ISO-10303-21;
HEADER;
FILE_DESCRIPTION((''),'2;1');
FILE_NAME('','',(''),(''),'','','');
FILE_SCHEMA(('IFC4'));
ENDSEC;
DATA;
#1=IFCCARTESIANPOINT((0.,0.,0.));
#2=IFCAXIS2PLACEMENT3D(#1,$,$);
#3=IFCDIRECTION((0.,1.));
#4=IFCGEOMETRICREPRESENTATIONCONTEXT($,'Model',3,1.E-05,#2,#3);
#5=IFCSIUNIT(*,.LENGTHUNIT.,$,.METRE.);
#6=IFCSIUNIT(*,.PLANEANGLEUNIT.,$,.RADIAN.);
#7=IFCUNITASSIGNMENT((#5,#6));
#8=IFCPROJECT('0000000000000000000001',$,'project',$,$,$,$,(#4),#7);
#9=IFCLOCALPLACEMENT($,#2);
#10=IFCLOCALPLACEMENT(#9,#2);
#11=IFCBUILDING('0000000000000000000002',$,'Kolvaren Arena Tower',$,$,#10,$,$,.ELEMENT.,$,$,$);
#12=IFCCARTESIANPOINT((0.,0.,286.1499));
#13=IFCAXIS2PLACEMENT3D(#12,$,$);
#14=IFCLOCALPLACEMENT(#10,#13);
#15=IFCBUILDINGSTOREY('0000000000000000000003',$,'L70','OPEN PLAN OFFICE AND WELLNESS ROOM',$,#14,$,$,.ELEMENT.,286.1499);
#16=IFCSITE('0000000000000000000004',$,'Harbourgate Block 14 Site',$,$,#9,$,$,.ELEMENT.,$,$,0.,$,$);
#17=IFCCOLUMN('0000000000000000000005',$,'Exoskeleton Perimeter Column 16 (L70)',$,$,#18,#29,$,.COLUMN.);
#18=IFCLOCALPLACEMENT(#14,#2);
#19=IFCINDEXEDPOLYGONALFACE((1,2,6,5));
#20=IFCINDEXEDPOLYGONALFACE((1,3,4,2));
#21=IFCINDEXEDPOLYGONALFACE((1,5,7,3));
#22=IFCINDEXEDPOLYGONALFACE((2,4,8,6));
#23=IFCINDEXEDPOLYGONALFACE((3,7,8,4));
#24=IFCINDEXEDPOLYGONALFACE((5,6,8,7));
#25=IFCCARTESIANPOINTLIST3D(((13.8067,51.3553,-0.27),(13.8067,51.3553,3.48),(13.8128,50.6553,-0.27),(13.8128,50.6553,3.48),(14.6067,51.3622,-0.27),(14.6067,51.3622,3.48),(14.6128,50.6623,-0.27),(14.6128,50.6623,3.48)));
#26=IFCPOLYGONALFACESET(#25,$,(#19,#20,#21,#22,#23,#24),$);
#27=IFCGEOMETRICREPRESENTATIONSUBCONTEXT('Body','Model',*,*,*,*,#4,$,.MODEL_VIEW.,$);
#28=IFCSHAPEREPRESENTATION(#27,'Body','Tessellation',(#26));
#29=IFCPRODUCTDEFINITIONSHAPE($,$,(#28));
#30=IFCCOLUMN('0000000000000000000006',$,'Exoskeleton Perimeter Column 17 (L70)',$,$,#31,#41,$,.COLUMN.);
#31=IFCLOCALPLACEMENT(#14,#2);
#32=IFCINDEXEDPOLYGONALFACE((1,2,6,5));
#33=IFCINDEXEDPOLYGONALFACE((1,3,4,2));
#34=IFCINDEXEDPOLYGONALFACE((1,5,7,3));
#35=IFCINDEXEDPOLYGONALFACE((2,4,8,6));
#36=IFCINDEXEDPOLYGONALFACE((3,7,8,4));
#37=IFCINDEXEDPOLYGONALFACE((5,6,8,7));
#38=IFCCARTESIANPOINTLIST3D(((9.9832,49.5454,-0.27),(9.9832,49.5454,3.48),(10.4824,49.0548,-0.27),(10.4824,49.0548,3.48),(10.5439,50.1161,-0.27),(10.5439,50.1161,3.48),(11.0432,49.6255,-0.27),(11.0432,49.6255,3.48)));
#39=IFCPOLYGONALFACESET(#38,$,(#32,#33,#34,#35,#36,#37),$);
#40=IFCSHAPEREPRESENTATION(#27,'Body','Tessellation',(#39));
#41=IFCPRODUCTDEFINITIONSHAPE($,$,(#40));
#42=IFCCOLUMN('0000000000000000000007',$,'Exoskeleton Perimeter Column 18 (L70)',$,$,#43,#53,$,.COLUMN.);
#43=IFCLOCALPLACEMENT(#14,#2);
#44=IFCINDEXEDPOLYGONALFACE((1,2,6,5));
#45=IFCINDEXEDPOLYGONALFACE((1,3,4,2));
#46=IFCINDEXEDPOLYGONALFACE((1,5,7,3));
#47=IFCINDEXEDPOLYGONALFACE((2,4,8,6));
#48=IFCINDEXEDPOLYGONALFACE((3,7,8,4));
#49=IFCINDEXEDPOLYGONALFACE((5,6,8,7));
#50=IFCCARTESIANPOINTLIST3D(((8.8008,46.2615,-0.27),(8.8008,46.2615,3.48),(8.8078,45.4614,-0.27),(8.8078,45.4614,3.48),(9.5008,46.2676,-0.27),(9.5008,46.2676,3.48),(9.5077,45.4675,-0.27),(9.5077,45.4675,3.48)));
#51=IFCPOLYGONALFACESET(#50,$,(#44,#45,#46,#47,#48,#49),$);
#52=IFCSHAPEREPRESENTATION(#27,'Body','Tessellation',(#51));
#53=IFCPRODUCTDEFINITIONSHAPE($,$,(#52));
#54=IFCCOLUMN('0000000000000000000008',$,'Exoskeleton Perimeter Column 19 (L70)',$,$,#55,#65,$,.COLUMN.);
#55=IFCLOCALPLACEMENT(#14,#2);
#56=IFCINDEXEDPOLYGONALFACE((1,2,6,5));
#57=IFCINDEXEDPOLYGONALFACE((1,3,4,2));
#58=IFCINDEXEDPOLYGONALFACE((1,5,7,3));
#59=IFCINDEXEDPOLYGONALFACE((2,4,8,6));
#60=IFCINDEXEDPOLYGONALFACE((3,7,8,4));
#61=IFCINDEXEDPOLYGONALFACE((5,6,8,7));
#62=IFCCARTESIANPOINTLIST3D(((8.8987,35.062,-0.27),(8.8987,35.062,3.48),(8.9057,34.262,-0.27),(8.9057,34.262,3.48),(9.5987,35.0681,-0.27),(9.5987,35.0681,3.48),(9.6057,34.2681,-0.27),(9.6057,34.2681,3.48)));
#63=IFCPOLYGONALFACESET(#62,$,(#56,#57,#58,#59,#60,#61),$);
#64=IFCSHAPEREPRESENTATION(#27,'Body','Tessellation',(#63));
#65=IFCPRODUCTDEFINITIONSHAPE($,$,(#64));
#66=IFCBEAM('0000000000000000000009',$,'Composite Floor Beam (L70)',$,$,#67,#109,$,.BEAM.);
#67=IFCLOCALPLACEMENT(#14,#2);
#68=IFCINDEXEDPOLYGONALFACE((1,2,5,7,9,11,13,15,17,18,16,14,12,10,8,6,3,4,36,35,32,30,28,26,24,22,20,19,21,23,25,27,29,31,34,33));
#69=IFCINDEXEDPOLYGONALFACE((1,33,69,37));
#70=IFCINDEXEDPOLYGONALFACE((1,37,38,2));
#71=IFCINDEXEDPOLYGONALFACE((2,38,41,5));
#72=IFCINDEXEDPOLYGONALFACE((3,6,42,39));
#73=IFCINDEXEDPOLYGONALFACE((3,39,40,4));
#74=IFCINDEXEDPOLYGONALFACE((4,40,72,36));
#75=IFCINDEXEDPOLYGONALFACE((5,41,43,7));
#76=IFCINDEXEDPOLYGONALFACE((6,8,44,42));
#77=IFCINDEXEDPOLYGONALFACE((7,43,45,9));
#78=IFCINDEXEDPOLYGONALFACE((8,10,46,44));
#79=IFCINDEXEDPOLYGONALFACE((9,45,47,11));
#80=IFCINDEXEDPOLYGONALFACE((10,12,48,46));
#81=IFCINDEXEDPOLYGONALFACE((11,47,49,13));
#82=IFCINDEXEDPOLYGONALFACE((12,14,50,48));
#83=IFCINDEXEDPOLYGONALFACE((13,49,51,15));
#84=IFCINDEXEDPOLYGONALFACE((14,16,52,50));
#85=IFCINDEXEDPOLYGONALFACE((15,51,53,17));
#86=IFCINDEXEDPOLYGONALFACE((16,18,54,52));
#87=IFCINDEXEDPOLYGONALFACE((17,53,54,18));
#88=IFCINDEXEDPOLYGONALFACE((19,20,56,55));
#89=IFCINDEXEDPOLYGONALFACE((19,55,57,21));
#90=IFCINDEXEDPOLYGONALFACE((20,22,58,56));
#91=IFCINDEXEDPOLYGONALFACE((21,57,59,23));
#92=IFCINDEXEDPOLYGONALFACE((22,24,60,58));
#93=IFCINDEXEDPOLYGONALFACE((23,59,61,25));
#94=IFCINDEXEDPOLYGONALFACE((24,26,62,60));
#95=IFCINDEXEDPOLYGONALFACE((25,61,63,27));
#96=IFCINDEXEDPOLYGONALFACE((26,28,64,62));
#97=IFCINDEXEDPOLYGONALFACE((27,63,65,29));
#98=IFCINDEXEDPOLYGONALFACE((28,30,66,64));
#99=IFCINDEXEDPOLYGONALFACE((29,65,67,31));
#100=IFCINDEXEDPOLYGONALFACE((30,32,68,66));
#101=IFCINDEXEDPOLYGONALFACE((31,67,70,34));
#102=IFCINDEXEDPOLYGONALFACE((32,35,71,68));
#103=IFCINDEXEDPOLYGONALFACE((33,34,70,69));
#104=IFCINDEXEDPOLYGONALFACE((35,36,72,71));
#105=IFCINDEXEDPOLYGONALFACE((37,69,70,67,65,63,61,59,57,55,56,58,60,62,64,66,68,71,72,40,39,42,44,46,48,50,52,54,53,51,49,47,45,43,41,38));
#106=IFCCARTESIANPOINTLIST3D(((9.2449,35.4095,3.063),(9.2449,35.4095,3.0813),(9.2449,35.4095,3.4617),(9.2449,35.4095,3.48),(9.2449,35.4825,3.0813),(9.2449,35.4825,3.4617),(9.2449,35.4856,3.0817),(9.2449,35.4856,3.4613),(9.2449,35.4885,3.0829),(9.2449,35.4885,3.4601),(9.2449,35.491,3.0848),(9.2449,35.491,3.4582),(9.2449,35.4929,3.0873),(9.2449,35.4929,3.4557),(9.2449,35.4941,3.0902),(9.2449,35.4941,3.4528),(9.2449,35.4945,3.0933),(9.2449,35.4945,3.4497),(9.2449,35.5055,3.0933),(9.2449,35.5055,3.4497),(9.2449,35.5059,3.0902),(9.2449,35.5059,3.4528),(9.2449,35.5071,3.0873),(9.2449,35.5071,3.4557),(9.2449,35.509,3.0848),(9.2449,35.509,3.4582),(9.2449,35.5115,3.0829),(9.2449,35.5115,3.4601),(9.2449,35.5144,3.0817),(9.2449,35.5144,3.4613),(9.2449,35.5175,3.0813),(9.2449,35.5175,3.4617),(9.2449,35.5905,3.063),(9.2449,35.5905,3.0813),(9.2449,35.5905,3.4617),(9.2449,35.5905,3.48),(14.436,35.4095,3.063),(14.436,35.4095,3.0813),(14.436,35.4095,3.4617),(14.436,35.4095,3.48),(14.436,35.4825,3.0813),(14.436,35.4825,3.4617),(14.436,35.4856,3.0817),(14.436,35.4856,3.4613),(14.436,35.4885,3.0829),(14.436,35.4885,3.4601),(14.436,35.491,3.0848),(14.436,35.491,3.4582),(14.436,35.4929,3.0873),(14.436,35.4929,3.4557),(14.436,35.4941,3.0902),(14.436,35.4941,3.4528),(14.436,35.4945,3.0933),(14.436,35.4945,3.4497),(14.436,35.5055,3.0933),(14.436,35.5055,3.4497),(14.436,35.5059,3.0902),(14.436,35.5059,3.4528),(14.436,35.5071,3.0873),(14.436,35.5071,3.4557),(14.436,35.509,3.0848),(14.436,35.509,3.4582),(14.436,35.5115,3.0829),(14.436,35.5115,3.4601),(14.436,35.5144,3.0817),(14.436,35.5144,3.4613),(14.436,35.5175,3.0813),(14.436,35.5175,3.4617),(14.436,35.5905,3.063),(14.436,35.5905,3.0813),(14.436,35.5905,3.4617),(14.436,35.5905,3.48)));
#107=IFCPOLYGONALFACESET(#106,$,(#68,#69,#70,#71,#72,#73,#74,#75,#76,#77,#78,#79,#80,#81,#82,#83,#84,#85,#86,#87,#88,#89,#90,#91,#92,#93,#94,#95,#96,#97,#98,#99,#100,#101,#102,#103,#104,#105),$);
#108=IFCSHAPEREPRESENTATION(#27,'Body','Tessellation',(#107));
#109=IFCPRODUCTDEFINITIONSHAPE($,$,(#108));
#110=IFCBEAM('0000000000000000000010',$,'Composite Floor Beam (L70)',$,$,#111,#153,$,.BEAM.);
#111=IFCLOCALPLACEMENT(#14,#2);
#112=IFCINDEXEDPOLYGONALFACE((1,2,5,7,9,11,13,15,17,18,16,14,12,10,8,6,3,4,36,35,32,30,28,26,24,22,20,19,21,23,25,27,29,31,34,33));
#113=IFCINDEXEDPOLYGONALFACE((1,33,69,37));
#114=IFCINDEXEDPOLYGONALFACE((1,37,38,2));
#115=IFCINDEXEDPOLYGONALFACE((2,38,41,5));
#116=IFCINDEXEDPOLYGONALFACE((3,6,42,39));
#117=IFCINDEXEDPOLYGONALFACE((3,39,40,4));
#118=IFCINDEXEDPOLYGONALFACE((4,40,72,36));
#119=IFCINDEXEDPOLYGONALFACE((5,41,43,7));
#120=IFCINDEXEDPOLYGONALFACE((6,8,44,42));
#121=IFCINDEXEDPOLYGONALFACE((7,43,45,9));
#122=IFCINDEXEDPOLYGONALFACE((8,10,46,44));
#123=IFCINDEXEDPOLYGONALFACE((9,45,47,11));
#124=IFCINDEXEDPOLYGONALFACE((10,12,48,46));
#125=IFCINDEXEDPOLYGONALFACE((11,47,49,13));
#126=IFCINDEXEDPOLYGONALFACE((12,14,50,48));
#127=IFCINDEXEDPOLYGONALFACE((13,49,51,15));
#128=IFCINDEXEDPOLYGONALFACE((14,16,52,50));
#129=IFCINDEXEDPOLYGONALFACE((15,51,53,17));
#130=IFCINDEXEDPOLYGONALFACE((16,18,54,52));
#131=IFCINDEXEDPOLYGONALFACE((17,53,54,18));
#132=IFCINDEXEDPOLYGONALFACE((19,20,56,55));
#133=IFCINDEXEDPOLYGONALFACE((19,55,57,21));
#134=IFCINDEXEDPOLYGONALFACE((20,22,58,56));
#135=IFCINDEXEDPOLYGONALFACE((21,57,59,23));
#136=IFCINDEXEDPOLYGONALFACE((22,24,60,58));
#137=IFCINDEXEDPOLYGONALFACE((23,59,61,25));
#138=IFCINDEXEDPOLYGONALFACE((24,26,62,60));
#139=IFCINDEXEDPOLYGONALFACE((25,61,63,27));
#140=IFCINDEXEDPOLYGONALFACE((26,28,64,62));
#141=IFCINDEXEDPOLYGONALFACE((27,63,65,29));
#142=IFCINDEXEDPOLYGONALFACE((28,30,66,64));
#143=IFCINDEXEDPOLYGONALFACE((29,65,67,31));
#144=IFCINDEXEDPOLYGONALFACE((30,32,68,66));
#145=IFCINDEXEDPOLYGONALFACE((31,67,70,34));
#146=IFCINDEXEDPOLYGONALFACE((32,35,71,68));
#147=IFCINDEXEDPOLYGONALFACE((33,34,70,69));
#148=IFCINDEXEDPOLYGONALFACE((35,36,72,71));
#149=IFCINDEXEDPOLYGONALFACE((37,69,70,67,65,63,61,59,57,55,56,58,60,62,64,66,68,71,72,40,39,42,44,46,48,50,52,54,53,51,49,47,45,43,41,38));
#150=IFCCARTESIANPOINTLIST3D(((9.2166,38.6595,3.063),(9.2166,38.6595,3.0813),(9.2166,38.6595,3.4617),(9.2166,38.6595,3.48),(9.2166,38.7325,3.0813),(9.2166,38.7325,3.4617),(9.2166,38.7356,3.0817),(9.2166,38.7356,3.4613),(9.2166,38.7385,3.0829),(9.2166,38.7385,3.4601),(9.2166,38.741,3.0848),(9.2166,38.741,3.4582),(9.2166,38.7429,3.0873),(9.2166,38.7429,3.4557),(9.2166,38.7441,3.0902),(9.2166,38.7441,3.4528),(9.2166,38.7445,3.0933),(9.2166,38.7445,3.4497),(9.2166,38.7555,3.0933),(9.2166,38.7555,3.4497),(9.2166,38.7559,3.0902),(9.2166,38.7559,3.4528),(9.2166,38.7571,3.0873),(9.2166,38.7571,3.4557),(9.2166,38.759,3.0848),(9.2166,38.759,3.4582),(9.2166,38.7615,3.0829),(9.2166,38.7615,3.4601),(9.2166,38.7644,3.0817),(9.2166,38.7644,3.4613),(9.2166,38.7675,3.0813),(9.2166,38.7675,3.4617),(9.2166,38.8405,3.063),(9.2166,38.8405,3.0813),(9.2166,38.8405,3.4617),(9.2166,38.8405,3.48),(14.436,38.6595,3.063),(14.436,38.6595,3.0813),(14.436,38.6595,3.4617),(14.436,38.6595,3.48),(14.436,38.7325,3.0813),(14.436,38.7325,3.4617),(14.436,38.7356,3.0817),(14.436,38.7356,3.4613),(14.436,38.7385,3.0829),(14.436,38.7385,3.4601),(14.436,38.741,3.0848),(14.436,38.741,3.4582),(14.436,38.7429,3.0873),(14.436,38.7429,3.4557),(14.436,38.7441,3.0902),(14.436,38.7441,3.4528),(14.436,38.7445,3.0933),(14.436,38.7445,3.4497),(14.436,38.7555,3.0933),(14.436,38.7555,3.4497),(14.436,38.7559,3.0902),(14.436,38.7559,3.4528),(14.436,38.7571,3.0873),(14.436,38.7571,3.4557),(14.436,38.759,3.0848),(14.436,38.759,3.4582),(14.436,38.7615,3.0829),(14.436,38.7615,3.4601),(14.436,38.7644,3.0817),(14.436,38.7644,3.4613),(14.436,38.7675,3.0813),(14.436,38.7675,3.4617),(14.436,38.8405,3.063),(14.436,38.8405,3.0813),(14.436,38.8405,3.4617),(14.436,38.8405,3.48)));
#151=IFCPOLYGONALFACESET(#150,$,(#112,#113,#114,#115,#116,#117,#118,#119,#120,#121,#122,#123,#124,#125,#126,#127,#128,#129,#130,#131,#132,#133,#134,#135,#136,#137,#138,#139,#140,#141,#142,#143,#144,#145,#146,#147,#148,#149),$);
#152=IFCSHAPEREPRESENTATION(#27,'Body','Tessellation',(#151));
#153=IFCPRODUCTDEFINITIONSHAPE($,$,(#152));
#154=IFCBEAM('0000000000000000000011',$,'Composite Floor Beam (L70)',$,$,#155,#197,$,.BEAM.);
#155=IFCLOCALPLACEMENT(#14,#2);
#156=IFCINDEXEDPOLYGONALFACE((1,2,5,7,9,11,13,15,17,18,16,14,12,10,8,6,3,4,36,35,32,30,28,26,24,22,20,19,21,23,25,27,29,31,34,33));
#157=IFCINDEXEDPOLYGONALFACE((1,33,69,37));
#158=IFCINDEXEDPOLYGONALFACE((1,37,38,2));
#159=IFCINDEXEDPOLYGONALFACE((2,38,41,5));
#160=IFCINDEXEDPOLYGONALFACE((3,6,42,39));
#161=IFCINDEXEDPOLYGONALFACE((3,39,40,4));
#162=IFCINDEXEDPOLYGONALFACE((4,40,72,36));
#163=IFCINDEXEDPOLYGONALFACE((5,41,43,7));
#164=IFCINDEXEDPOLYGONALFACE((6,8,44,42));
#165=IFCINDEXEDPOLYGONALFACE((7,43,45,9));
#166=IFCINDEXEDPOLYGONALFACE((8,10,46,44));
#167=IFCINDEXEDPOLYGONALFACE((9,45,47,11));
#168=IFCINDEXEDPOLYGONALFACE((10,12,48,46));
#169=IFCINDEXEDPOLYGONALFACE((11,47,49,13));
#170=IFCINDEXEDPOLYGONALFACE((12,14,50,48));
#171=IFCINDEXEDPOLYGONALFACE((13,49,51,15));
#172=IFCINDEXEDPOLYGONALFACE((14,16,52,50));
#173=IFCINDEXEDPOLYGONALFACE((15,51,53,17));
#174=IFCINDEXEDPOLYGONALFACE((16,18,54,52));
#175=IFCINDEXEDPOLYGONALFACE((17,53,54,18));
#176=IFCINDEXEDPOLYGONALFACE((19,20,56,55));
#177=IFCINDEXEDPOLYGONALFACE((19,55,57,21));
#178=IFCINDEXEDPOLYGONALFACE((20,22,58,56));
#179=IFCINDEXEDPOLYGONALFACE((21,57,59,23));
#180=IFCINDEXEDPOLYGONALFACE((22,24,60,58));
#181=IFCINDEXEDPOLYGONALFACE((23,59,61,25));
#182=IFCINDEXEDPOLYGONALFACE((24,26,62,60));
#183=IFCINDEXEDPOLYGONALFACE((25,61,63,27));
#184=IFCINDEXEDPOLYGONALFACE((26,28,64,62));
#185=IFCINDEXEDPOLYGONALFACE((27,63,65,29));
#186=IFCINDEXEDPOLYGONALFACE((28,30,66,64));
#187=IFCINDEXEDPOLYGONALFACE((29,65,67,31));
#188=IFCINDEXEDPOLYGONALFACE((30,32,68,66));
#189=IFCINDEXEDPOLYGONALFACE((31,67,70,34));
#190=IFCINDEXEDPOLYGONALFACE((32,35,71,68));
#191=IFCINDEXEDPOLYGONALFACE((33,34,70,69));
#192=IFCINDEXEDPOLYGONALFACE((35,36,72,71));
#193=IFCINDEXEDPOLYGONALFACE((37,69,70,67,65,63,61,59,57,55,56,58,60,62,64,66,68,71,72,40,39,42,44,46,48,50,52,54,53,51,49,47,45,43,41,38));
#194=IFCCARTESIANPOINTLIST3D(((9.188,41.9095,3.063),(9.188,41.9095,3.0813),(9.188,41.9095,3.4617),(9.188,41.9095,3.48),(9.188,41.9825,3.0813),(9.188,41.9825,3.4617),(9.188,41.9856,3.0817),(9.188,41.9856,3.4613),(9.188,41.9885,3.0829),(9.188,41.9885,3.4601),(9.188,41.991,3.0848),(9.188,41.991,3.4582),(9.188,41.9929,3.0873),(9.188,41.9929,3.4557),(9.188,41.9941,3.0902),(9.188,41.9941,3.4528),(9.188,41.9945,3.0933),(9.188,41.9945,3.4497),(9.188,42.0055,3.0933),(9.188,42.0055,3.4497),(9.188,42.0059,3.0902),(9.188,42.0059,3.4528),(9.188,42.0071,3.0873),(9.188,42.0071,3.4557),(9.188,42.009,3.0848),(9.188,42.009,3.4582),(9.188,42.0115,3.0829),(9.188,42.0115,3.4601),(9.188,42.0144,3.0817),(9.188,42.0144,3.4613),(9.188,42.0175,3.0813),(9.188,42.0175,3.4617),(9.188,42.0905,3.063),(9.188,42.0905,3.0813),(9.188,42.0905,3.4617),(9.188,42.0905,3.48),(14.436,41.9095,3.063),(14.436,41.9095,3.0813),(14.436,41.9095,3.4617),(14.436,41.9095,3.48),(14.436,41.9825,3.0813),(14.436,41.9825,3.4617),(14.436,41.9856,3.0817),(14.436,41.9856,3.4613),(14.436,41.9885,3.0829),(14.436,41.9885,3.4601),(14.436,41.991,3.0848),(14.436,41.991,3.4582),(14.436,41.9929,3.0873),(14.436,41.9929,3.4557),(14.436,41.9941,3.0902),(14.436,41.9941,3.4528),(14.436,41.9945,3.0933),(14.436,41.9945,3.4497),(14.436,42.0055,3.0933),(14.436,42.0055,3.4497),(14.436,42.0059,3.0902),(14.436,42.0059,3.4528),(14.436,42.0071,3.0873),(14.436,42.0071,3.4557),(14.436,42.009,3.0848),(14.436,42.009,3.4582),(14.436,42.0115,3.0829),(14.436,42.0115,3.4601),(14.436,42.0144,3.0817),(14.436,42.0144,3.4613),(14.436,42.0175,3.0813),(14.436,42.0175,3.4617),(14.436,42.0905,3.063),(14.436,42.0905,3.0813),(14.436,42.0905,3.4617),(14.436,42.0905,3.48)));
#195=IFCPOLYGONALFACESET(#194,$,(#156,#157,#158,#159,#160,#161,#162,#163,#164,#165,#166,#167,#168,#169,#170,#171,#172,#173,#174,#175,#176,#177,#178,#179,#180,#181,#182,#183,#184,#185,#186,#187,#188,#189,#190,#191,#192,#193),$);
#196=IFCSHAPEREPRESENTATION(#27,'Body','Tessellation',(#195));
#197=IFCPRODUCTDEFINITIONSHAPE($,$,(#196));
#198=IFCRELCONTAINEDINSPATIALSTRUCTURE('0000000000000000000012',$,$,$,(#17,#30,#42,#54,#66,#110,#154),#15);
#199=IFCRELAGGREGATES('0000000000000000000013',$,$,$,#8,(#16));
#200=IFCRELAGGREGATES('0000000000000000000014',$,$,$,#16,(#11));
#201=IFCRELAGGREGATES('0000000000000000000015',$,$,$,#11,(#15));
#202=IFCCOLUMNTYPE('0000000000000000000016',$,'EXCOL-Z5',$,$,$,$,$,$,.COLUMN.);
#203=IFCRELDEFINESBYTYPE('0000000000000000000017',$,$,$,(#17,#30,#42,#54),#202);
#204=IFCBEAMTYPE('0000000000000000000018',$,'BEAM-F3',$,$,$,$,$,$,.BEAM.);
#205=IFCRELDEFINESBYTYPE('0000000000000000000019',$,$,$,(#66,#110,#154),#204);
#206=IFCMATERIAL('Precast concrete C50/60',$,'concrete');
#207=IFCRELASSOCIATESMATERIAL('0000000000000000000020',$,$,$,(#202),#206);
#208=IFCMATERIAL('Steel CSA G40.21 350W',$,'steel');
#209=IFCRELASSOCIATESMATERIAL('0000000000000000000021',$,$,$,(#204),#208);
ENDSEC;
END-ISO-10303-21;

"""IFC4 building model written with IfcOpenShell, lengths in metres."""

from ifc_helpers import new_model, si_unit, direction, frame, origin, origin_2d, place, context, subcontext, project, spatial, rectangle, i_section, extrude, material, material_profile, profile_set, type_object, element, save


model = new_model("IFC4")

# Units and contexts
model_context = context("Model", 3, precision=1e-05, world=origin(), true_north=direction((0.0, 1.0)))
body_context = subcontext(model_context, "Body", "Model", "MODEL_VIEW")
ifc_project = project(units=[si_unit("LENGTHUNIT", "METRE"), si_unit("PLANEANGLEUNIT", "RADIAN")], contexts=[model_context])

# Site, building, storey
site_placement = place(None, origin())
site = spatial("IfcSite", under=ifc_project, at=site_placement, Name="Harbourgate Block 14 Site", CompositionType="ELEMENT", RefElevation=0.0)
building_placement = place(site_placement, origin())
building = spatial("IfcBuilding", under=site, at=building_placement, Name="Kolvaren Arena Tower", CompositionType="ELEMENT")
storey_placement = place(building_placement, frame((0.0, 0.0, 286.1499)))
storey = spatial("IfcBuildingStorey", under=building, at=storey_placement, Name="L70", Description="OPEN PLAN OFFICE AND WELLNESS ROOM", CompositionType="ELEMENT", Elevation=286.1499)

# Columns
ifc_material_1 = material(Name="Precast concrete C50/60", Category="concrete")
ifc_material_profile_1 = material_profile(ifc_material_1, rectangle(XDim=0.8, YDim=0.7, at=origin_2d()), Name="RC-800x700")
ifc_profile_set_1 = profile_set([ifc_material_profile_1], Name="Precast concrete C50/60")
column_type = type_object("IfcColumnType", Name="EXCOL-Z5", PredefinedType="COLUMN", material=ifc_profile_set_1)
for number, where, z_axis, x_axis, name in (
    (1, (14.2097, 51.0088, -0.27), (0.0, 0.0, 1.0), (0.999962, 0.008727, 0.0), "Exoskeleton Perimeter Column 16 (L70)"),
    (2, (10.5132, 49.5854, -0.27), (0.0, 0.0, 1.0), (0.700909, 0.71325, 0.0), "Exoskeleton Perimeter Column 17 (L70)"),
    (3, (9.1543, 45.8645, -0.27), (0.0, 0.0, 1.0), (-0.008727, 0.999962, 0.0), "Exoskeleton Perimeter Column 18 (L70)"),
    (4, (9.2522, 34.665, -0.27), (0.0, 0.0, 1.0), (-0.008727, 0.999962, 0.0), "Exoskeleton Perimeter Column 19 (L70)"),
):
    element("IfcColumn", number, at=place(storey_placement, frame(where, z_axis=z_axis, x_axis=x_axis)), inside=storey, type_object=column_type, Name=name, PredefinedType="COLUMN", context=body_context, shape_type="SweptSolid", body=[
        extrude(rectangle(XDim=0.8, YDim=0.7, at=origin_2d()), origin(), (0.0, 0.0, 1.0), 3.75),
    ])

# Beams
ifc_material_2 = material(Name="Steel CSA G40.21 350W", Category="steel")
ifc_material_profile_2 = material_profile(ifc_material_2, i_section(OverallWidth=0.1809, OverallDepth=0.417, WebThickness=0.011, FlangeThickness=0.0183, FilletRadius=0.012, at=origin_2d()), Name="W410x85")
ifc_profile_set_2 = profile_set([ifc_material_profile_2], Name="Steel CSA G40.21 350W")
beam_type_1 = type_object("IfcBeamType", Name="BEAM-F3", PredefinedType="BEAM", material=ifc_profile_set_2)
beam_1_placement = place(storey_placement, frame((9.2449, 35.5, 3.2715), z_axis=(1.0, 0.0, 0.0), x_axis=(0.0, 1.0, 0.0)))
element("IfcBeam", 5, at=beam_1_placement, inside=storey, type_object=beam_type_1, Name="Composite Floor Beam (L70)", PredefinedType="BEAM", context=body_context, shape_type="SweptSolid", body=[
    extrude(i_section(OverallWidth=0.1809, OverallDepth=0.417, WebThickness=0.011, FlangeThickness=0.0183, FilletRadius=0.012, at=origin_2d()), origin(), (0.0, 0.0, 1.0), 5.1912),
])
beam_2_placement = place(storey_placement, frame((9.2166, 38.75, 3.2715), z_axis=(1.0, 0.0, 0.0), x_axis=(0.0, 1.0, 0.0)))
element("IfcBeam", 6, at=beam_2_placement, inside=storey, type_object=beam_type_1, Name="Composite Floor Beam (L70)", PredefinedType="BEAM", context=body_context, shape_type="SweptSolid", body=[
    extrude(i_section(OverallWidth=0.1809, OverallDepth=0.417, WebThickness=0.011, FlangeThickness=0.0183, FilletRadius=0.012, at=origin_2d()), origin(), (0.0, 0.0, 1.0), 5.2195),
])
beam_3_placement = place(storey_placement, frame((9.188, 42.0, 3.2715), z_axis=(1.0, 0.0, 0.0), x_axis=(0.0, 1.0, 0.0)))
element("IfcBeam", 7, at=beam_3_placement, inside=storey, type_object=beam_type_1, Name="Composite Floor Beam (L70)", PredefinedType="BEAM", context=body_context, shape_type="SweptSolid", body=[
    extrude(i_section(OverallWidth=0.1809, OverallDepth=0.417, WebThickness=0.011, FlangeThickness=0.0183, FilletRadius=0.012, at=origin_2d()), origin(), (0.0, 0.0, 1.0), 5.248),
])

save(model, "model.ifc")
